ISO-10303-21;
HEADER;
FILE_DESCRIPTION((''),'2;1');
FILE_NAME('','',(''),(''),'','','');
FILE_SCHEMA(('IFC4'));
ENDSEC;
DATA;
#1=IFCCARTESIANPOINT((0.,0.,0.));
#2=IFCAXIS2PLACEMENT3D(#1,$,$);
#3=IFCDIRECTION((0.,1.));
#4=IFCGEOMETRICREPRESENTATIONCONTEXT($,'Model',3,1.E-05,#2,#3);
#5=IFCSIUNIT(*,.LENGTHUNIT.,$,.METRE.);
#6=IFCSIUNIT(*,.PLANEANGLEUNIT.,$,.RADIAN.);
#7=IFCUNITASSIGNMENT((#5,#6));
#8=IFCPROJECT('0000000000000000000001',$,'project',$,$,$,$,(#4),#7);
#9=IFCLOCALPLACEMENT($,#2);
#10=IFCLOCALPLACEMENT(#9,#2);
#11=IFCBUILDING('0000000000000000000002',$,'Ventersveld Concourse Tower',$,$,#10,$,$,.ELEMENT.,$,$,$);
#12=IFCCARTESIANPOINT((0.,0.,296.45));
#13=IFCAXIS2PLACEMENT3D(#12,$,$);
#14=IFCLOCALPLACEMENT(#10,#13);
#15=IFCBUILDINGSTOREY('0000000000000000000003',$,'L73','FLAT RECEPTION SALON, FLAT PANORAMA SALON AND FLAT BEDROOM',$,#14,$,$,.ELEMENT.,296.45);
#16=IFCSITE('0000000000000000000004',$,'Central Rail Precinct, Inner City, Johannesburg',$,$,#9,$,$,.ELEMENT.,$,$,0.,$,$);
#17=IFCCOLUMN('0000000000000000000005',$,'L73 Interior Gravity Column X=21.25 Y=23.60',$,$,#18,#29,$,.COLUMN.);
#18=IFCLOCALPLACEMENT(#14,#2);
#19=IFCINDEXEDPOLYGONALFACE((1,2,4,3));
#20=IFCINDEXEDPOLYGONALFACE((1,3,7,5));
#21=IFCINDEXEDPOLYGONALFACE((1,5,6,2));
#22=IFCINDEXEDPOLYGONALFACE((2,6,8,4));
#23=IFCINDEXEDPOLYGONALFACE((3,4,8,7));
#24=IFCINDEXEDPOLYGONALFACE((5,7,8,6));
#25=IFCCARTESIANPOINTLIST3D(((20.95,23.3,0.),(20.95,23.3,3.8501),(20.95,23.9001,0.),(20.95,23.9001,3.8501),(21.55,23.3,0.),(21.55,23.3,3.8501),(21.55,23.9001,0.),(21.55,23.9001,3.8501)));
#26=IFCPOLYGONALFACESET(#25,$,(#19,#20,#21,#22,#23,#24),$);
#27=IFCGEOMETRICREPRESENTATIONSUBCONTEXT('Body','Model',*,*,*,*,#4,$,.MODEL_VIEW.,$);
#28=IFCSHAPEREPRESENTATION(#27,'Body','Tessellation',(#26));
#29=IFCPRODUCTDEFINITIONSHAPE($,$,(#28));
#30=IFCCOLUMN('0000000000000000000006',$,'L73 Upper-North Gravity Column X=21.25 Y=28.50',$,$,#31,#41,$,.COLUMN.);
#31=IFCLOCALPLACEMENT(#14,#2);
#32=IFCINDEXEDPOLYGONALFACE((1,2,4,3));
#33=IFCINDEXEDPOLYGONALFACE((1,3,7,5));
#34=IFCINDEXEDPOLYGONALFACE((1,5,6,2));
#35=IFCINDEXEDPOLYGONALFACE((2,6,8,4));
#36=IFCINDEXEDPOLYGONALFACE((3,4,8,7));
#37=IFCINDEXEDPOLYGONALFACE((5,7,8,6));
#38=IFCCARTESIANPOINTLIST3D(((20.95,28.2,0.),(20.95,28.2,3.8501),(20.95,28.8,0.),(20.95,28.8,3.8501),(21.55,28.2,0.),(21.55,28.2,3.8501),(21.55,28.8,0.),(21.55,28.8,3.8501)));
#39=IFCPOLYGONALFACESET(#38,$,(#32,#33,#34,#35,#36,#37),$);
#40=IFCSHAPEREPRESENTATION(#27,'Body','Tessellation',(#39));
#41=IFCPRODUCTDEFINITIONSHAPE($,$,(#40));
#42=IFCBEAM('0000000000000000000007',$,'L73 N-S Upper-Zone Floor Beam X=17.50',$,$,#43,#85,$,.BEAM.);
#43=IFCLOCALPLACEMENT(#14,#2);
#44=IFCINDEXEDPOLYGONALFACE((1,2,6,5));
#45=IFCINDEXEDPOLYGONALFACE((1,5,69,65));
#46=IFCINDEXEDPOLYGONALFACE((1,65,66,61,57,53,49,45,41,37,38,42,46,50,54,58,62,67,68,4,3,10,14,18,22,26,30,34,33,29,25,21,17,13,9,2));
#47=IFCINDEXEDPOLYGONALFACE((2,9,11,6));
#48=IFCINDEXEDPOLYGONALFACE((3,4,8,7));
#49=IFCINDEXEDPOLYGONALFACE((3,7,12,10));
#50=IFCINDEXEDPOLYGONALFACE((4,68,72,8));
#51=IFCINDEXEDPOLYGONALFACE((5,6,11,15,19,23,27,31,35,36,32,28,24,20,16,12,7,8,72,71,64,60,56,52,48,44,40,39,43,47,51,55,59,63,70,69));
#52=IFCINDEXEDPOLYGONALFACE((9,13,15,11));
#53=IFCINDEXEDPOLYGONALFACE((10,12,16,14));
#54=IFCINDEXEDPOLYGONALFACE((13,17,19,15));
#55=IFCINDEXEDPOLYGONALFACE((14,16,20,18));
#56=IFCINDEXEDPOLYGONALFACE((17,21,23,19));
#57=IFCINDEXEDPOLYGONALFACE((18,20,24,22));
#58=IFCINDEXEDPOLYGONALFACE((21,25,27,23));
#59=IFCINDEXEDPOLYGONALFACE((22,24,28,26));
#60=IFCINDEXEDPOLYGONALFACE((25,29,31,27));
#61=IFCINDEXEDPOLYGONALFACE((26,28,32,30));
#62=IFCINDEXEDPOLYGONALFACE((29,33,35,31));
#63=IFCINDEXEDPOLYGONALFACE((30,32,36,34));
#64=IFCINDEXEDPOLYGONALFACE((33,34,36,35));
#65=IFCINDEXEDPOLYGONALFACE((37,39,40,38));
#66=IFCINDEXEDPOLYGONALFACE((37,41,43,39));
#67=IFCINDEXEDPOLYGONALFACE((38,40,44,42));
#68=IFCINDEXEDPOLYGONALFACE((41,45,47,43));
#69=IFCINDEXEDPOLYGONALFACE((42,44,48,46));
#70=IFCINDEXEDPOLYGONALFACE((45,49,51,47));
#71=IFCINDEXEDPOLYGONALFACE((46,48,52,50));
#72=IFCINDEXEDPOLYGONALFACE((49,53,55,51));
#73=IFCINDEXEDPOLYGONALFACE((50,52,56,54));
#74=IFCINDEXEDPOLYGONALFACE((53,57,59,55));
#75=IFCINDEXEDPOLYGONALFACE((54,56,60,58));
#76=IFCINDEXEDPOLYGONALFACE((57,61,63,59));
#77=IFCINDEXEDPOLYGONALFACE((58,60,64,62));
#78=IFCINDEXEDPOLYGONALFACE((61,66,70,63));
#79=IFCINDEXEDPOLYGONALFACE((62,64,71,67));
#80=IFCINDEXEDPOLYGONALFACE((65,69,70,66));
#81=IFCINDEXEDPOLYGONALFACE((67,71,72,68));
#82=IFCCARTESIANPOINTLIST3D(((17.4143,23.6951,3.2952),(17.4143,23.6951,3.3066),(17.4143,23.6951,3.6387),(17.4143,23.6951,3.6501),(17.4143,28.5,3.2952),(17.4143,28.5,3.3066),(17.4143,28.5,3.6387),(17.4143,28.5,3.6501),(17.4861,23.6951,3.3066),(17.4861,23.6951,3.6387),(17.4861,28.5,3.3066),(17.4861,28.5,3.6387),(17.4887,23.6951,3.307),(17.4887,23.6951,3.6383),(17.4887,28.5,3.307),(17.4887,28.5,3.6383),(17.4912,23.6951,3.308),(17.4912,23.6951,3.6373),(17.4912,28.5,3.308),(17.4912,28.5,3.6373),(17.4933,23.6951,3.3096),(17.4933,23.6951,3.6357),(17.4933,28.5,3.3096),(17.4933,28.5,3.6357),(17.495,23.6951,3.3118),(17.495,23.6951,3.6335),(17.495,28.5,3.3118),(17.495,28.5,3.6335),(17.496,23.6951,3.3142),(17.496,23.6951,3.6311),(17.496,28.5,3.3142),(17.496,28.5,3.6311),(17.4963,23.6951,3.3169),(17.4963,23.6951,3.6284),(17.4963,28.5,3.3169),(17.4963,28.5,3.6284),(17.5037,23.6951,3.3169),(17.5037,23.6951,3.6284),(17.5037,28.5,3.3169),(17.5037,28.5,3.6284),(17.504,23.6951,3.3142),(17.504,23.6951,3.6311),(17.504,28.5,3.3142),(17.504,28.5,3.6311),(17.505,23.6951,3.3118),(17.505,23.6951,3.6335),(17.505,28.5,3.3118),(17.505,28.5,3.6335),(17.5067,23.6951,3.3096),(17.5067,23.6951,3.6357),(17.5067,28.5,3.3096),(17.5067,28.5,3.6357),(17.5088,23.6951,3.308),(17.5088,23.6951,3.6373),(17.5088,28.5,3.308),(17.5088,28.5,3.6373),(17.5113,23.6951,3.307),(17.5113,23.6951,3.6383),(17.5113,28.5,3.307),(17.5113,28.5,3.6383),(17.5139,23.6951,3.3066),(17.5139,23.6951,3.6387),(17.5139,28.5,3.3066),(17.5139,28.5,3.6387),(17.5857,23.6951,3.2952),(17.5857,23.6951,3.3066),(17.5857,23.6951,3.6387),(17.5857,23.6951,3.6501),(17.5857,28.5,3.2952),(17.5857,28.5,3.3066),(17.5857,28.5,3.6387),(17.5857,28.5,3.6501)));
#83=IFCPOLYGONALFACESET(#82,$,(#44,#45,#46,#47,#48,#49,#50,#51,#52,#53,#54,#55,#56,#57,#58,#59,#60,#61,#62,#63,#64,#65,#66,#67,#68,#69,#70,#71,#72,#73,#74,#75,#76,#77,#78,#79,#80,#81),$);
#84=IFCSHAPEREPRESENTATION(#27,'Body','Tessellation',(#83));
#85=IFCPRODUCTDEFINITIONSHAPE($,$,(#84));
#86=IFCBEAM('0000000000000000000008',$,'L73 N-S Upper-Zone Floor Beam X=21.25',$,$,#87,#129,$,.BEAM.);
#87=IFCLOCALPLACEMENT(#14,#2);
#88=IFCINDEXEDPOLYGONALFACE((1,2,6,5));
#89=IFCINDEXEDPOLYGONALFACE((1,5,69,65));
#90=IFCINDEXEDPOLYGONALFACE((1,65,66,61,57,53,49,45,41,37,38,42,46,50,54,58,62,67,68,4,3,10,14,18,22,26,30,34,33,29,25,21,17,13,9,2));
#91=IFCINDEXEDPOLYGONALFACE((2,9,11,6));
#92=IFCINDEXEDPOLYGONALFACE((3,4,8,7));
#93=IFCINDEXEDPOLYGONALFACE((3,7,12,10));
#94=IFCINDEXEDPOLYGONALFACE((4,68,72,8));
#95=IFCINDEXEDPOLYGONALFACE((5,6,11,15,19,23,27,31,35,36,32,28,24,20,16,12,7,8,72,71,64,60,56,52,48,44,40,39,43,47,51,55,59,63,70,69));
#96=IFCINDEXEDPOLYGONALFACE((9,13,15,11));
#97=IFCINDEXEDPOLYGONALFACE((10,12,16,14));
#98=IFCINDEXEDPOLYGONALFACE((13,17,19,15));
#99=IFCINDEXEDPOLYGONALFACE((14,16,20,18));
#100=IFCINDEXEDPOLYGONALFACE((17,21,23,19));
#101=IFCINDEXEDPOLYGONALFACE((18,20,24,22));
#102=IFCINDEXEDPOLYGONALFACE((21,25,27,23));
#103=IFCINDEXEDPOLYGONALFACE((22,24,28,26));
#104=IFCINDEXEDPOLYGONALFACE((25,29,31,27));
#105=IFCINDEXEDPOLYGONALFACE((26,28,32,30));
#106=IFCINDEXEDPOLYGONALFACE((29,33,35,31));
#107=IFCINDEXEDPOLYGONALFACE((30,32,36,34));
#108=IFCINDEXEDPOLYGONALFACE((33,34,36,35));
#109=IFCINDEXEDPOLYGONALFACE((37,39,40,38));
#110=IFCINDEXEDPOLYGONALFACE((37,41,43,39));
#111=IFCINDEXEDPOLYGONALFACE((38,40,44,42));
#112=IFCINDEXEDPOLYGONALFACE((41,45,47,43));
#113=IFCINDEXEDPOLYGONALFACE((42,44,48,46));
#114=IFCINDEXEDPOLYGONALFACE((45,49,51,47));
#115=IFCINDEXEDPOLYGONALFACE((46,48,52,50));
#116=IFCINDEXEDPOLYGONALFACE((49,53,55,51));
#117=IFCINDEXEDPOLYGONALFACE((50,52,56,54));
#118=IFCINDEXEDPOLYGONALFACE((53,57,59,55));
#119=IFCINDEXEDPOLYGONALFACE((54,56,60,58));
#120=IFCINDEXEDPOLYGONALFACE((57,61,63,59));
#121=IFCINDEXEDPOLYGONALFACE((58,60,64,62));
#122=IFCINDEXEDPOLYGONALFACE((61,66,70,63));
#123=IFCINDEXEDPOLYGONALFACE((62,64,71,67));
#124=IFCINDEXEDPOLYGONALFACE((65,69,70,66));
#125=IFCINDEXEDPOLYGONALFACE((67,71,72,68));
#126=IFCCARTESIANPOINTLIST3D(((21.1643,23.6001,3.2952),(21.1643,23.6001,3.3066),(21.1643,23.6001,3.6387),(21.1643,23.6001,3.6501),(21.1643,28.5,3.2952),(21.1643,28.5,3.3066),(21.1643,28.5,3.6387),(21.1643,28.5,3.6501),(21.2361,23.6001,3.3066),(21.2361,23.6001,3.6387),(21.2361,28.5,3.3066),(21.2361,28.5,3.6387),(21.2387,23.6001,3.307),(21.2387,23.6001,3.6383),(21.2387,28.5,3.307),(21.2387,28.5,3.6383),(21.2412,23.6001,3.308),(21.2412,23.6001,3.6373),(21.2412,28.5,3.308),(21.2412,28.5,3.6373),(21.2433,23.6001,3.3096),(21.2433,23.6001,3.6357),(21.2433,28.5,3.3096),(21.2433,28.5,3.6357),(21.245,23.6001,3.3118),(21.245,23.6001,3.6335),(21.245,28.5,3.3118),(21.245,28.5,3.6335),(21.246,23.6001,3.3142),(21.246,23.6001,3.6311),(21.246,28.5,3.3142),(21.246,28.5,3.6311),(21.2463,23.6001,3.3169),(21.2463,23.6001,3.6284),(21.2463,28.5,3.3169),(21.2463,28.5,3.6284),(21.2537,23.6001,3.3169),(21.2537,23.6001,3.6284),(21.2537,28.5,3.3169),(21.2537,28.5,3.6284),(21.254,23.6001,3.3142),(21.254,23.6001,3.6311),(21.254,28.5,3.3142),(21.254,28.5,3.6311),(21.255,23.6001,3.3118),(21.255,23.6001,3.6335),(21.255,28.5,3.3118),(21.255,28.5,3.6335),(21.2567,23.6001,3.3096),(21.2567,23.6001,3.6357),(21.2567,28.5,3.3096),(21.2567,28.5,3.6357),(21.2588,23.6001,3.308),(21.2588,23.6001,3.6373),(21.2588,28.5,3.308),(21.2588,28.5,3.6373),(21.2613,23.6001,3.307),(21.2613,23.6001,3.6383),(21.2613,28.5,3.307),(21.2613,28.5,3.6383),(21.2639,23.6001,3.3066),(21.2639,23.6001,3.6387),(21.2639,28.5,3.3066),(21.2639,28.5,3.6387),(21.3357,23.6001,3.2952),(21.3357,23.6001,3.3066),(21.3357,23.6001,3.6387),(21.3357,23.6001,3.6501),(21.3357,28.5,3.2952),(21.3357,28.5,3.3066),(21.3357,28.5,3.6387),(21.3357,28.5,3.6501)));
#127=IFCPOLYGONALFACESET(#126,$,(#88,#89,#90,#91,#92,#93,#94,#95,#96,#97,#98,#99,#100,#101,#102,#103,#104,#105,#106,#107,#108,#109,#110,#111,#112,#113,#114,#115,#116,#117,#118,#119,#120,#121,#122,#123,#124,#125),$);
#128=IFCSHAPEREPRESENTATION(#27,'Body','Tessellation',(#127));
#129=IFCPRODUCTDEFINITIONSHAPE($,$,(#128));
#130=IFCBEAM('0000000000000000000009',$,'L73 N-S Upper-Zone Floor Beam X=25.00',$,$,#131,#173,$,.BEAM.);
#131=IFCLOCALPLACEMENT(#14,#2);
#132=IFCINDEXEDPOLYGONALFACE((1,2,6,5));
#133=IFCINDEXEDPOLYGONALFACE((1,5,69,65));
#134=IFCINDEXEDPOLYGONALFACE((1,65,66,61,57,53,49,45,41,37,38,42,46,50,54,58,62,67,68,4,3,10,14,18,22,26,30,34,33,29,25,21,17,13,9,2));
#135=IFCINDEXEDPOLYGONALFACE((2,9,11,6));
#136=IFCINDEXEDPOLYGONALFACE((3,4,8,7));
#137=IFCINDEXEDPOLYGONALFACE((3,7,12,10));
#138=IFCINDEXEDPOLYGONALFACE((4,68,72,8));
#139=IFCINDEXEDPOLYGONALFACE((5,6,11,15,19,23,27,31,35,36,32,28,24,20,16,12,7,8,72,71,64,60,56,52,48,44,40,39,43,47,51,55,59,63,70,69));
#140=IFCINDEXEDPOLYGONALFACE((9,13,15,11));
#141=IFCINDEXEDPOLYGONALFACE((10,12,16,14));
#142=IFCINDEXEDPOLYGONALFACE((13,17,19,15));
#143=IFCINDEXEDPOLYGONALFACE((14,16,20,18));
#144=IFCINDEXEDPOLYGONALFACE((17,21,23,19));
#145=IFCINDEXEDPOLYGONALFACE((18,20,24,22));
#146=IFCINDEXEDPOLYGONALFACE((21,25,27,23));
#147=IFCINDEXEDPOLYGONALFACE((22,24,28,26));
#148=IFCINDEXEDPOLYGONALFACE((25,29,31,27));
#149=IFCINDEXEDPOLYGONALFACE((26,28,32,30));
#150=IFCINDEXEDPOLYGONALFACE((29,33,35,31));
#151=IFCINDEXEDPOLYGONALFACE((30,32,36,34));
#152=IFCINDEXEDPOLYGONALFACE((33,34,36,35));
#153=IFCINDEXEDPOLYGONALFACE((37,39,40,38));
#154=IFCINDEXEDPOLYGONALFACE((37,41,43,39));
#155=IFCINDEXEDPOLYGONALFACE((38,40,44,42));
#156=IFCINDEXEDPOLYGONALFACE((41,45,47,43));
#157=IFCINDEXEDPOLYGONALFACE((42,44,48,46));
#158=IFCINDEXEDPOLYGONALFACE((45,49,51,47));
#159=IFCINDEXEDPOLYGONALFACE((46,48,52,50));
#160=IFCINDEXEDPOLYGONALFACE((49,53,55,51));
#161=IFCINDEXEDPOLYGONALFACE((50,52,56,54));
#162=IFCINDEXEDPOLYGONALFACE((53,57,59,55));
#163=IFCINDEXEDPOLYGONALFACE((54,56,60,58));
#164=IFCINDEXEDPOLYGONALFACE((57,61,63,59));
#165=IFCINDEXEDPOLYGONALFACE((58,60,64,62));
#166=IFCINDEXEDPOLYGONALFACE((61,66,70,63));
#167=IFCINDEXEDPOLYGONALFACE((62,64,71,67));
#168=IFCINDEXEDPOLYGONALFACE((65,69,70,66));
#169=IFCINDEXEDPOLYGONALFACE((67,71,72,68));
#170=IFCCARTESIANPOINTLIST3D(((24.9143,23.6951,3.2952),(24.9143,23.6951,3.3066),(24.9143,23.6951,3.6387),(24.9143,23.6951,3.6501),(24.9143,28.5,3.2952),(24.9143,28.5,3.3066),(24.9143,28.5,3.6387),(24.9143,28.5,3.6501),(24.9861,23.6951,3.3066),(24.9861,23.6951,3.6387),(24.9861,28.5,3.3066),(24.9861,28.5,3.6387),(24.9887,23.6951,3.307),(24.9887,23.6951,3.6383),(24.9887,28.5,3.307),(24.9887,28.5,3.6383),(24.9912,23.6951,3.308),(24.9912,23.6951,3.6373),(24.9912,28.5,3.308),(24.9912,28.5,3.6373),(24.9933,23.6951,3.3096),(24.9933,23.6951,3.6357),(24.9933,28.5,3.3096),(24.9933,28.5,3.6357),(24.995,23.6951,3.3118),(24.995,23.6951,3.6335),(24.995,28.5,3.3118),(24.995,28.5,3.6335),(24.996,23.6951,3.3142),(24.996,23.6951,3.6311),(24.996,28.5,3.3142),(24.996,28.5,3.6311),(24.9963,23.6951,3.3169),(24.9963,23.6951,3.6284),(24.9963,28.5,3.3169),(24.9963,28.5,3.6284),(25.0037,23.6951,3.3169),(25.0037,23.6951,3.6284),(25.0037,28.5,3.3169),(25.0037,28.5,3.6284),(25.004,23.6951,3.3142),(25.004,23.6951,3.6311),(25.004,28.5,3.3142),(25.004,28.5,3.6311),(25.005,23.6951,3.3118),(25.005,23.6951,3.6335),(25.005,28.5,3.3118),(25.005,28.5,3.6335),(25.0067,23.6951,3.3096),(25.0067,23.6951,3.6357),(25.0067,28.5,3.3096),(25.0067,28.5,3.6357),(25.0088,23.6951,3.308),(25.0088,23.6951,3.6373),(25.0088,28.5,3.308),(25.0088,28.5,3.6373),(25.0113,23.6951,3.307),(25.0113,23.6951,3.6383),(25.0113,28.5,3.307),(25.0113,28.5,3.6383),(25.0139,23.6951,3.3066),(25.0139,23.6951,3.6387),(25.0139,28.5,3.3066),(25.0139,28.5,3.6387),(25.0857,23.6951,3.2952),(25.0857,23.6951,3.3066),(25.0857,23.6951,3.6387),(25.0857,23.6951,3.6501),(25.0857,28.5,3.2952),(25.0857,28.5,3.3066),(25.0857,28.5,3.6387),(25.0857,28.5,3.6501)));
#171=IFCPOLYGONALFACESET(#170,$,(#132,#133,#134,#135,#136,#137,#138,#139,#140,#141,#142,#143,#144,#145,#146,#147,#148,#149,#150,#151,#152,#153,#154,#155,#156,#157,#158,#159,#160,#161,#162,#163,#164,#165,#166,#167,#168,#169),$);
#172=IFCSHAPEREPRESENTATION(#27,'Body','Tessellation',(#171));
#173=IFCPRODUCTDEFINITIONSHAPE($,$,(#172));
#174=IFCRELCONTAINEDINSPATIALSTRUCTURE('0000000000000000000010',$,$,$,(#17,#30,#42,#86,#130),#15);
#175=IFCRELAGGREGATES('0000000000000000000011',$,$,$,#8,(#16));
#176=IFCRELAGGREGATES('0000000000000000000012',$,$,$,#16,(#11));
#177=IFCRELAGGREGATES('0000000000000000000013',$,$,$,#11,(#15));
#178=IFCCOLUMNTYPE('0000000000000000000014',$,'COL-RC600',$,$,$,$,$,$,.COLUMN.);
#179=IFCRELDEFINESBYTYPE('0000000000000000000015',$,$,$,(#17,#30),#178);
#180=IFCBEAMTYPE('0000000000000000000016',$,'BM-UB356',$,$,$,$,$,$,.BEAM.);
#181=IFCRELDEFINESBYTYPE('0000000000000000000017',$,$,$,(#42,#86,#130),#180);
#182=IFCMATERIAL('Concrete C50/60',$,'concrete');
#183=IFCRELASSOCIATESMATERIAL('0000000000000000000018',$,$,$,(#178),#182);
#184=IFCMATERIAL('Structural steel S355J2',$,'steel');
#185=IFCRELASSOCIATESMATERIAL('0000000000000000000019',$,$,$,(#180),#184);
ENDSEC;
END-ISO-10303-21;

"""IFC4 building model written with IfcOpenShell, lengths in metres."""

from ifc_helpers import new_model, si_unit, direction, frame, origin, origin_2d, place, context, subcontext, project, spatial, rectangle, i_section, extrude, material, material_profile, profile_set, type_object, element, save


model = new_model("IFC4")

# Units and contexts
model_context = context("Model", 3, precision=1e-05, world=origin(), true_north=direction((0.0, 1.0)))
body_context = subcontext(model_context, "Body", "Model", "MODEL_VIEW")
ifc_project = project(units=[si_unit("LENGTHUNIT", "METRE"), si_unit("PLANEANGLEUNIT", "RADIAN")], contexts=[model_context])

# Site, building, storey
site_placement = place(None, origin())
site = spatial("IfcSite", under=ifc_project, at=site_placement, Name="Central Rail Precinct, Inner City, Johannesburg", CompositionType="ELEMENT", RefElevation=0.0)
building_placement = place(site_placement, origin())
building = spatial("IfcBuilding", under=site, at=building_placement, Name="Ventersveld Concourse Tower", CompositionType="ELEMENT")
storey_placement = place(building_placement, frame((0.0, 0.0, 296.45)))
storey = spatial("IfcBuildingStorey", under=building, at=storey_placement, Name="L73", Description="FLAT RECEPTION SALON, FLAT PANORAMA SALON AND FLAT BEDROOM", CompositionType="ELEMENT", Elevation=296.45)

# Columns
ifc_material_1 = material(Name="Concrete C50/60", Category="concrete")
ifc_material_profile_1 = material_profile(ifc_material_1, rectangle(XDim=0.6001, YDim=0.6001, at=origin_2d()), Name="RC 600x600")
ifc_profile_set_1 = profile_set([ifc_material_profile_1], Name="Concrete C50/60")
column_type = type_object("IfcColumnType", Name="COL-RC600", PredefinedType="COLUMN", material=ifc_profile_set_1)
for number, where, z_axis, x_axis, name in (
    (1, (21.25, 23.6001, 0.0), (0.0, 0.0, 1.0), (1.0, 0.0, 0.0), "L73 Interior Gravity Column X=21.25 Y=23.60"),
    (2, (21.25, 28.5, 0.0), (0.0, 0.0, 1.0), (1.0, 0.0, 0.0), "L73 Upper-North Gravity Column X=21.25 Y=28.50"),
):
    element("IfcColumn", number, at=place(storey_placement, frame(where, z_axis=z_axis, x_axis=x_axis)), inside=storey, type_object=column_type, Name=name, PredefinedType="COLUMN", context=body_context, shape_type="SweptSolid", body=[
        extrude(rectangle(XDim=0.6001, YDim=0.6001, at=origin_2d()), origin(), (0.0, 0.0, 1.0), 3.8501),
    ])

# Beams
ifc_material_2 = material(Name="Structural steel S355J2", Category="steel")
ifc_material_profile_2 = material_profile(ifc_material_2, i_section(OverallWidth=0.1714, OverallDepth=0.355, WebThickness=0.0073, FlangeThickness=0.0115, FilletRadius=0.0103, at=origin_2d()), Name="UB 356x171x51")
ifc_profile_set_2 = profile_set([ifc_material_profile_2], Name="Structural steel S355J2")
beam_type_1 = type_object("IfcBeamType", Name="BM-UB356", PredefinedType="BEAM", material=ifc_profile_set_2)
beam_1_placement = place(storey_placement, frame((17.5, 23.6951, 3.4727), z_axis=(0.0, 1.0, 0.0), x_axis=(-1.0, 0.0, 0.0)))
element("IfcBeam", 3, at=beam_1_placement, inside=storey, type_object=beam_type_1, Name="L73 N-S Upper-Zone Floor Beam X=17.50", PredefinedType="BEAM", context=body_context, shape_type="SweptSolid", body=[
    extrude(i_section(OverallWidth=0.1714, OverallDepth=0.355, WebThickness=0.0073, FlangeThickness=0.0115, FilletRadius=0.0103, at=origin_2d()), origin(), (0.0, 0.0, 1.0), 4.8049),
])
beam_2_placement = place(storey_placement, frame((21.25, 23.6001, 3.4727), z_axis=(0.0, 1.0, 0.0), x_axis=(-1.0, 0.0, 0.0)))
element("IfcBeam", 4, at=beam_2_placement, inside=storey, type_object=beam_type_1, Name="L73 N-S Upper-Zone Floor Beam X=21.25", PredefinedType="BEAM", context=body_context, shape_type="SweptSolid", body=[
    extrude(i_section(OverallWidth=0.1714, OverallDepth=0.355, WebThickness=0.0073, FlangeThickness=0.0115, FilletRadius=0.0103, at=origin_2d()), origin(), (0.0, 0.0, 1.0), 4.8999),
])
beam_3_placement = place(storey_placement, frame((25.0, 23.6951, 3.4727), z_axis=(0.0, 1.0, 0.0), x_axis=(-1.0, 0.0, 0.0)))
element("IfcBeam", 5, at=beam_3_placement, inside=storey, type_object=beam_type_1, Name="L73 N-S Upper-Zone Floor Beam X=25.00", PredefinedType="BEAM", context=body_context, shape_type="SweptSolid", body=[
    extrude(i_section(OverallWidth=0.1714, OverallDepth=0.355, WebThickness=0.0073, FlangeThickness=0.0115, FilletRadius=0.0103, at=origin_2d()), origin(), (0.0, 0.0, 1.0), 4.8049),
])

save(model, "model.ifc")
